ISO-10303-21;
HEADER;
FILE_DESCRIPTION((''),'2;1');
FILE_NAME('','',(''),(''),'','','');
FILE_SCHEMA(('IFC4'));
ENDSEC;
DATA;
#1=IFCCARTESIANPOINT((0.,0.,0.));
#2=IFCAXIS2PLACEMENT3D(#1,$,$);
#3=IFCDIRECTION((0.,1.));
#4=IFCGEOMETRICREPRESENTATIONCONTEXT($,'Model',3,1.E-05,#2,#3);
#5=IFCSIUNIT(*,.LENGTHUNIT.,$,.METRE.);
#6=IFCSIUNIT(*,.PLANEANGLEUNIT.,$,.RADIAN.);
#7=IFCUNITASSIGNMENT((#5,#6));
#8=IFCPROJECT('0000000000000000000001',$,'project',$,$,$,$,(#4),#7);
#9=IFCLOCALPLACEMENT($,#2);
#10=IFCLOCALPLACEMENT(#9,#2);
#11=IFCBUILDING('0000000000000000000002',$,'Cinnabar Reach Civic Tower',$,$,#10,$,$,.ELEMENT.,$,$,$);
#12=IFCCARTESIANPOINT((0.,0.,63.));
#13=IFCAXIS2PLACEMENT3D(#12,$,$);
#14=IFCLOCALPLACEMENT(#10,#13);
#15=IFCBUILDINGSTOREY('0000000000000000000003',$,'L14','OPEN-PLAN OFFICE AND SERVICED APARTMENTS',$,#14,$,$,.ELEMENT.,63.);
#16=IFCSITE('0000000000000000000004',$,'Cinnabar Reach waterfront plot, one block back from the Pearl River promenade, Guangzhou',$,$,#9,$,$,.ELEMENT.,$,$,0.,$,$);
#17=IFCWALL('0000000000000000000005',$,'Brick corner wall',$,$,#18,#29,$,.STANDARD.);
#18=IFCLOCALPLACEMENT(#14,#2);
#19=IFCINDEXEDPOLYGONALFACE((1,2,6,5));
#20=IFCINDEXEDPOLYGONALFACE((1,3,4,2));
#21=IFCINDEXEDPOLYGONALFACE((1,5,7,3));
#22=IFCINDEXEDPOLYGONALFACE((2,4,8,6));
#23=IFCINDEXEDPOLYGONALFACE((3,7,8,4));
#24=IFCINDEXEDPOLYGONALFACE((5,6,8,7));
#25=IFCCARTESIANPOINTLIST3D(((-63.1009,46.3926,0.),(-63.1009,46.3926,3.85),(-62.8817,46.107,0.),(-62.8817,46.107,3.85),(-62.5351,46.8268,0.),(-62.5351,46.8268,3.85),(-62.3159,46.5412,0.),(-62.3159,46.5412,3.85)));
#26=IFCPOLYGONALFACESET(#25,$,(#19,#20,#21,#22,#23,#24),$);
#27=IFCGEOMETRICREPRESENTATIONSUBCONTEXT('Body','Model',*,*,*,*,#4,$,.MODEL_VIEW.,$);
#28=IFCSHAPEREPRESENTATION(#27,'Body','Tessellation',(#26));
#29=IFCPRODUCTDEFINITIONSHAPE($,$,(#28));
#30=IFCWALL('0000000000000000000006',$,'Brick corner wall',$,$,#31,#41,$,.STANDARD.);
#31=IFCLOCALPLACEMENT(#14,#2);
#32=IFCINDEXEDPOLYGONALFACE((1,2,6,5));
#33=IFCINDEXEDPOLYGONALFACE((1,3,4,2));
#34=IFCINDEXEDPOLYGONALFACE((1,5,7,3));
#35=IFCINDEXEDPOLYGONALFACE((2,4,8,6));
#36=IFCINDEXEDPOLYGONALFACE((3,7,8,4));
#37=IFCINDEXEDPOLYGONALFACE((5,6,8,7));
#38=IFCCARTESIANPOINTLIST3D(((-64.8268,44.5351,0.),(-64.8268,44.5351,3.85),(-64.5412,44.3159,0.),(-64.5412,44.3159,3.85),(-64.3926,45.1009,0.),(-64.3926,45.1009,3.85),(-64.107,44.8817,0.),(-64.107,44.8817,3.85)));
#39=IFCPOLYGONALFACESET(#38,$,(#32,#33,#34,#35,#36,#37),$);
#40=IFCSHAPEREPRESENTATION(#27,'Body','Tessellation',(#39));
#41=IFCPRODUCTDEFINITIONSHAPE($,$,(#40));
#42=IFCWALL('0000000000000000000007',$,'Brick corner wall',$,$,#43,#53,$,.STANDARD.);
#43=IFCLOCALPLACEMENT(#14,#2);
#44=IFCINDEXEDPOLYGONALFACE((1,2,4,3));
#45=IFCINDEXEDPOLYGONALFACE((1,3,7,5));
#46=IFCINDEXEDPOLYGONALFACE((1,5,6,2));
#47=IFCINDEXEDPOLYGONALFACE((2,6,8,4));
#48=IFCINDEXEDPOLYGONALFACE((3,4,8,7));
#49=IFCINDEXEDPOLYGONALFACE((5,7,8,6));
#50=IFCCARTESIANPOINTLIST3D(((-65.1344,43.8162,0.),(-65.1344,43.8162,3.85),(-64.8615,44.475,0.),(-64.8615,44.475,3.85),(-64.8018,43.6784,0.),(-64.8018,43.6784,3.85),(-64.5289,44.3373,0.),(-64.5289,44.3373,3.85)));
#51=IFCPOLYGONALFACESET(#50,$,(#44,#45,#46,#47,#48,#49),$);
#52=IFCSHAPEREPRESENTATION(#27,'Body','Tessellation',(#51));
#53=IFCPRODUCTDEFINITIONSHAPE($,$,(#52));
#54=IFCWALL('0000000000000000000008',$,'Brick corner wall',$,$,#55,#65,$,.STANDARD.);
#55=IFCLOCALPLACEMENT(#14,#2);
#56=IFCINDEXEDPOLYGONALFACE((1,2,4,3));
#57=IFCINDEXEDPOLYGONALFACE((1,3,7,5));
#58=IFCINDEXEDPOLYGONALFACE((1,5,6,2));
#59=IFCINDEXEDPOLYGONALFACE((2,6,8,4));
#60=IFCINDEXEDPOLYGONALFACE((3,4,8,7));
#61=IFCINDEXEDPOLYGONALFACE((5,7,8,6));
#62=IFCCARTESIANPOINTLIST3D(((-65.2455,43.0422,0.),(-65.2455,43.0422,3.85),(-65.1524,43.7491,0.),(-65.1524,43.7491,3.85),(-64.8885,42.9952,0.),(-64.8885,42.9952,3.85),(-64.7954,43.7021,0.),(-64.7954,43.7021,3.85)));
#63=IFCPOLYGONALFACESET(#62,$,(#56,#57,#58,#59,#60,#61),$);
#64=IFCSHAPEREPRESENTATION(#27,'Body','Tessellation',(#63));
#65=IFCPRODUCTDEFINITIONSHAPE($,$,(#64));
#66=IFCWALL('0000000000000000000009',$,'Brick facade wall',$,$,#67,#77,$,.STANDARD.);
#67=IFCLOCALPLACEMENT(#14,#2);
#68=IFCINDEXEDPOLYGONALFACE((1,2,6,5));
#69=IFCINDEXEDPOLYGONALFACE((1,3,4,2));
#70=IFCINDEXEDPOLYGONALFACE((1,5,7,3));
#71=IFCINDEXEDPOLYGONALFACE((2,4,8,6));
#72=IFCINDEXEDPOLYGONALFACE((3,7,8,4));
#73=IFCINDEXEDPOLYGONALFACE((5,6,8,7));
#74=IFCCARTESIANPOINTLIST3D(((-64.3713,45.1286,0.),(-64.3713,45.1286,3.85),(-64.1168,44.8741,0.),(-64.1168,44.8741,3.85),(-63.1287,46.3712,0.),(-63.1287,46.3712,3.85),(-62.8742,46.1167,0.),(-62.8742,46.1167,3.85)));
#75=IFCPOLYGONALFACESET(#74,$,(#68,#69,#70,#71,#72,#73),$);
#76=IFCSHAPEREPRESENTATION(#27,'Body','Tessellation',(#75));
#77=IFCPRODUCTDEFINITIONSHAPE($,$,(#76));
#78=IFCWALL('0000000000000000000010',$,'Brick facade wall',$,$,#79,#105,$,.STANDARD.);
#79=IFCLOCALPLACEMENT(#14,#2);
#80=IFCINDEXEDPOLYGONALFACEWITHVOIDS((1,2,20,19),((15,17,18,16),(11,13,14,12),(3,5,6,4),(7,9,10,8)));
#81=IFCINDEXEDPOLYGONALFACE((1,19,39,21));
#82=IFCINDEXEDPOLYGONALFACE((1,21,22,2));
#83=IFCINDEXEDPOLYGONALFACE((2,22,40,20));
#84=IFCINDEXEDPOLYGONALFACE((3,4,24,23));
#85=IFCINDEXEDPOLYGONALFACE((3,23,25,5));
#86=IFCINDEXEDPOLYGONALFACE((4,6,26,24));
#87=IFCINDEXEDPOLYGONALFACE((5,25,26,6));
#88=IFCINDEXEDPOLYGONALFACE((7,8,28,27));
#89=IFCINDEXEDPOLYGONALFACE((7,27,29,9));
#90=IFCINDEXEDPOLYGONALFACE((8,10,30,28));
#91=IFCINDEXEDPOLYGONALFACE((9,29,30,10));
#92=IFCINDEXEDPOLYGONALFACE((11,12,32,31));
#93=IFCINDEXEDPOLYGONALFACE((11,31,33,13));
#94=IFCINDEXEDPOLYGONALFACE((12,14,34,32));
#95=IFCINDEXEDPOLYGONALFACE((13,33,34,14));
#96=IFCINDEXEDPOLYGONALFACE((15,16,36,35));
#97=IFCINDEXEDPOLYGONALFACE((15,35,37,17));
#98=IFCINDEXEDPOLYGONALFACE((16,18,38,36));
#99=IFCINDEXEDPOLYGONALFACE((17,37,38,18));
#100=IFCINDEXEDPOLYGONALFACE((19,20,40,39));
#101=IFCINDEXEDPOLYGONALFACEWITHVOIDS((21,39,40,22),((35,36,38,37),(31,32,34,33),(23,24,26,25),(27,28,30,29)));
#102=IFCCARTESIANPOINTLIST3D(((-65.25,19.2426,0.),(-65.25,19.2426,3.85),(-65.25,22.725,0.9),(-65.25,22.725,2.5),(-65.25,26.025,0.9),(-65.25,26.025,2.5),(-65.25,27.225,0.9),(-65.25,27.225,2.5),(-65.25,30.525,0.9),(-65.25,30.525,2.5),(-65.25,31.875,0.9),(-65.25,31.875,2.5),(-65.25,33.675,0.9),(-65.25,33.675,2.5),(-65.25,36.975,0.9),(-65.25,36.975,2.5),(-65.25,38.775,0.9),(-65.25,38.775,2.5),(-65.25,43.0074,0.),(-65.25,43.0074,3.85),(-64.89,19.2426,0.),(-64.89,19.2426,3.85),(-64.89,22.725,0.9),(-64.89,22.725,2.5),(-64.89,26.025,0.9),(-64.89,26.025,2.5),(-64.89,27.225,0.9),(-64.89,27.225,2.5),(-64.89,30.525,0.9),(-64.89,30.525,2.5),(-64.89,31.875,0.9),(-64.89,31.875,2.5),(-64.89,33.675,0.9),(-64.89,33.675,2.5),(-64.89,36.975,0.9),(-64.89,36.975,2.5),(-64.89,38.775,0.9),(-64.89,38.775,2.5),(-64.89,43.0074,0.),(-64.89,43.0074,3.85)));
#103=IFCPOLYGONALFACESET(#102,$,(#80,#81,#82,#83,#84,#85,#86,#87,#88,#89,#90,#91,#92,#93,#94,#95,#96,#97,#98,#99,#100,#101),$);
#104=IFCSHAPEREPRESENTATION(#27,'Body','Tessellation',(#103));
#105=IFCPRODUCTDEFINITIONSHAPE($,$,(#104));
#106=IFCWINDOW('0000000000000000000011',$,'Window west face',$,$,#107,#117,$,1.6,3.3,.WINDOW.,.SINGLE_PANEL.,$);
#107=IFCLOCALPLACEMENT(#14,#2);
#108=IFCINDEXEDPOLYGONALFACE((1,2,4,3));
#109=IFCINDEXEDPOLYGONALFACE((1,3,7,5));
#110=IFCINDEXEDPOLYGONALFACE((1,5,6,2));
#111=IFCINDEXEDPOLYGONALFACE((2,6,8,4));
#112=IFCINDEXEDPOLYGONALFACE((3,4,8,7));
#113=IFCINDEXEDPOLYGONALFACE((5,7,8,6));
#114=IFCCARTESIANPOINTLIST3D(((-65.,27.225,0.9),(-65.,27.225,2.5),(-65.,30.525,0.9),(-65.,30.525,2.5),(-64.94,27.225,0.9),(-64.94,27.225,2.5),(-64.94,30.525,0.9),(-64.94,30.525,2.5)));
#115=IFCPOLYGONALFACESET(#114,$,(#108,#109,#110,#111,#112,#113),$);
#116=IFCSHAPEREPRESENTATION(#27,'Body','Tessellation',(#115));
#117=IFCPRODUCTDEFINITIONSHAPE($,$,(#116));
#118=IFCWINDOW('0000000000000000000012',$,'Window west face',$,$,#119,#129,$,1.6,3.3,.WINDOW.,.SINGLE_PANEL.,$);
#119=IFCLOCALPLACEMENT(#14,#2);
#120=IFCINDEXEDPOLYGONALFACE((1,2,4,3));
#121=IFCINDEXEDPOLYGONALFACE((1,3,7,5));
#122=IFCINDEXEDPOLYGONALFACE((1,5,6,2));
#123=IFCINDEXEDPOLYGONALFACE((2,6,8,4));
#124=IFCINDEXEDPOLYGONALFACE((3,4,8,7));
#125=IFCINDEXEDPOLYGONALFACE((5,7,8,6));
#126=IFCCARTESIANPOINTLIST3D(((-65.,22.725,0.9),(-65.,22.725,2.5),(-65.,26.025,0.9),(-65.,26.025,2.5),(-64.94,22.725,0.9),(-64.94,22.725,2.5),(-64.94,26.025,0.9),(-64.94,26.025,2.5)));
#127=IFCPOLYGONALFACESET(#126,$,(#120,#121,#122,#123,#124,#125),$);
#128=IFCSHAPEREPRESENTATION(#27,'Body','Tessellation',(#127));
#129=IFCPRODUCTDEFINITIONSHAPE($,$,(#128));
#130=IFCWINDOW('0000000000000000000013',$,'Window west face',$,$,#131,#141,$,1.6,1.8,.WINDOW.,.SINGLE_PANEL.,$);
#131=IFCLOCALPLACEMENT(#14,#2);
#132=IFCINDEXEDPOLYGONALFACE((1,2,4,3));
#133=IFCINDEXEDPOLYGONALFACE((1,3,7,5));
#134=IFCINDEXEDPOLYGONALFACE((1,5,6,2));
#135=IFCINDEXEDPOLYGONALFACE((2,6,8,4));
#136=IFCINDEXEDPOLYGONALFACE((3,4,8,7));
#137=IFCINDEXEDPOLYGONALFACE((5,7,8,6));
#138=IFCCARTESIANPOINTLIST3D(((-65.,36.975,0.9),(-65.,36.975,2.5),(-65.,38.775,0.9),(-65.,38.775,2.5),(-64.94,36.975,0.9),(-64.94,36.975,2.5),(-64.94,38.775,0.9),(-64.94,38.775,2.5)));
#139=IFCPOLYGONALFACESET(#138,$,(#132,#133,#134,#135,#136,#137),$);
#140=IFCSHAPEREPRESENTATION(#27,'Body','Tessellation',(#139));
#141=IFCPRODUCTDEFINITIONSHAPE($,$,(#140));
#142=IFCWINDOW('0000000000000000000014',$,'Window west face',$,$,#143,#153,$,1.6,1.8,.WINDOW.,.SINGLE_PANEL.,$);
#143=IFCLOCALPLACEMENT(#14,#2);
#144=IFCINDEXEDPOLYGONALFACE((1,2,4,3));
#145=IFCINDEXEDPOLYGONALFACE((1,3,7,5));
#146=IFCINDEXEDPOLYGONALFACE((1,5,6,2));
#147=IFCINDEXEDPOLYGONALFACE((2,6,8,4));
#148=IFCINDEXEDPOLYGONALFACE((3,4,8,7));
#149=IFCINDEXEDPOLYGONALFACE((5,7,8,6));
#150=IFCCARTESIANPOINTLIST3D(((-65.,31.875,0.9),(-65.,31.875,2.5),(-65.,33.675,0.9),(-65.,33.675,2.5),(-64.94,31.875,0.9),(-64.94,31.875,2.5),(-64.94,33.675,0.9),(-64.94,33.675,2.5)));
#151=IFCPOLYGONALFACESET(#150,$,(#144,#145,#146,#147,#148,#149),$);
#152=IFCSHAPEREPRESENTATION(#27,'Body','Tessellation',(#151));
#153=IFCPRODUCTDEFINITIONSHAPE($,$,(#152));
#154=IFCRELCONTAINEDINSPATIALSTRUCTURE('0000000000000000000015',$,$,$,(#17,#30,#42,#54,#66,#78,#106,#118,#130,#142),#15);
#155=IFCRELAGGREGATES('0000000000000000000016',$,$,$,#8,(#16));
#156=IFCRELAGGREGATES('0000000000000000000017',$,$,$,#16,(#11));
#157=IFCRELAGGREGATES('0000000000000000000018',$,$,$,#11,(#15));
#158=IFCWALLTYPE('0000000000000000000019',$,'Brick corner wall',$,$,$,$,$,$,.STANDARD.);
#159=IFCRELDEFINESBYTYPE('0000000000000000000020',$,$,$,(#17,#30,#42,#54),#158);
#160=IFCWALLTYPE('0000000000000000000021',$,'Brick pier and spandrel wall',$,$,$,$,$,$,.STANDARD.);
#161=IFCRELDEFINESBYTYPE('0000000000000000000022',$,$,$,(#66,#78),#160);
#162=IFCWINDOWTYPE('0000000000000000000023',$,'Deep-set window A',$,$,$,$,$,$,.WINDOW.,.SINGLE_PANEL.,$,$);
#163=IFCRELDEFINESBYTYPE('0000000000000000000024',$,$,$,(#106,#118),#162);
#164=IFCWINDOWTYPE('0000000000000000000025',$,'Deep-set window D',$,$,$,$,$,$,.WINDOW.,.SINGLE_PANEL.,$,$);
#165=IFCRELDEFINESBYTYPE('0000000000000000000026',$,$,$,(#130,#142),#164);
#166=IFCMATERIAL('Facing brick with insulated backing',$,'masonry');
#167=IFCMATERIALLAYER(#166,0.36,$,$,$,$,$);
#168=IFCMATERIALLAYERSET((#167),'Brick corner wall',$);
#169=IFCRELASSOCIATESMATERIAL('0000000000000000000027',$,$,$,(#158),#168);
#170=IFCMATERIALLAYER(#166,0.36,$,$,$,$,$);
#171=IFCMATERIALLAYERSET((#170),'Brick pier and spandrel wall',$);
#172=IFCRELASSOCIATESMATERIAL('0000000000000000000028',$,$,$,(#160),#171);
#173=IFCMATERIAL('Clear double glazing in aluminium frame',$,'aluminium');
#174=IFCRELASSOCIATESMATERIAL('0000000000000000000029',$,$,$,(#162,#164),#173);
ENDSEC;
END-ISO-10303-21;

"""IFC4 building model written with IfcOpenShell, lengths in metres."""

from ifc_helpers import new_model, si_unit, direction, frame, frame_2d, origin, place, context, subcontext, project, spatial, rectangle, extrude, material, layer, layer_set, type_object, element, fill, save


model = new_model("IFC4")

# Units and contexts
model_context = context("Model", 3, precision=1e-05, world=origin(), true_north=direction((0.0, 1.0)))
body_context = subcontext(model_context, "Body", "Model", "MODEL_VIEW")
ifc_project = project(units=[si_unit("LENGTHUNIT", "METRE"), si_unit("PLANEANGLEUNIT", "RADIAN")], contexts=[model_context])

# Site, building, storey
site_placement = place(None, origin())
site = spatial("IfcSite", under=ifc_project, at=site_placement, Name="Cinnabar Reach waterfront plot, one block back from the Pearl River promenade, Guangzhou", CompositionType="ELEMENT", RefElevation=0.0)
building_placement = place(site_placement, origin())
building = spatial("IfcBuilding", under=site, at=building_placement, Name="Cinnabar Reach Civic Tower", CompositionType="ELEMENT")
storey_placement = place(building_placement, frame((0.0, 0.0, 63.0)))
storey = spatial("IfcBuildingStorey", under=building, at=storey_placement, Name="L14", Description="OPEN-PLAN OFFICE AND SERVICED APARTMENTS", CompositionType="ELEMENT", Elevation=63.0)

# Walls
ifc_material_1 = material(Name="Facing brick with insulated backing", Category="masonry")
ifc_layer_1 = layer(ifc_material_1, 0.36)
ifc_layer_set_1 = layer_set([ifc_layer_1], Name="Brick corner wall")
wall_type_1 = type_object("IfcWallType", Name="Brick corner wall", PredefinedType="STANDARD", material=ifc_layer_set_1)
for number, where, z_axis, x_axis, name in (
    (1, (-62.4255, 46.684, 0.0), (0.0, 0.0, 1.0), (-0.793322, -0.608802, 0.0), "Brick corner wall"),
    (2, (-64.2498, 44.9913, 0.0), (0.0, 0.0, 1.0), (-0.608802, -0.793322, 0.0), "Brick corner wall"),
):
    element("IfcWall", number, at=place(storey_placement, frame(where, z_axis=z_axis, x_axis=x_axis)), inside=storey, type_object=wall_type_1, Name=name, PredefinedType="STANDARD", context=body_context, shape_type="SweptSolid", body=[
        extrude(rectangle(XDim=0.7132, YDim=0.36, at=frame_2d((0.3566, 0.0))), origin(), (0.0, 0.0, 1.0), 3.85),
    ])
for number, where, z_axis, x_axis, name in (
    (3, (-64.6952, 44.4061, 0.0), (0.0, 0.0, 1.0), (-0.382703, -0.923872, 0.0), "Brick corner wall"),
    (4, (-64.9739, 43.7256, 0.0), (0.0, 0.0, 1.0), (-0.130556, -0.991441, 0.0), "Brick corner wall"),
):
    element("IfcWall", number, at=place(storey_placement, frame(where, z_axis=z_axis, x_axis=x_axis)), inside=storey, type_object=wall_type_1, Name=name, PredefinedType="STANDARD", context=body_context, shape_type="SweptSolid", body=[
        extrude(rectangle(XDim=0.7131, YDim=0.36, at=frame_2d((0.3565, 0.0))), origin(), (0.0, 0.0, 1.0), 3.85),
    ])
ifc_layer_2 = layer(ifc_material_1, 0.36)
ifc_layer_set_2 = layer_set([ifc_layer_2], Name="Brick pier and spandrel wall")
wall_type_2 = type_object("IfcWallType", Name="Brick pier and spandrel wall", PredefinedType="STANDARD", material=ifc_layer_set_2)
wall_1_placement = place(storey_placement, frame((-63.0014, 46.244, 0.0), z_axis=(0.0, 0.0, 1.0), x_axis=(-0.707107, -0.707107, 0.0)))
element("IfcWall", 5, at=wall_1_placement, inside=storey, type_object=wall_type_2, Name="Brick facade wall", PredefinedType="STANDARD", context=body_context, shape_type="SweptSolid", body=[
    extrude(rectangle(XDim=1.7573, YDim=0.36, at=frame_2d((0.8787, 0.0))), origin(), (0.0, 0.0, 1.0), 3.85),
])

# Wall, openings, windows
wall_2_placement = place(storey_placement, frame((-65.07, 43.0074, 0.0), z_axis=(0.0, 0.0, 1.0), x_axis=(0.0, -1.0, 0.0)))
wall_2 = element("IfcWall", 6, at=wall_2_placement, inside=storey, type_object=wall_type_2, Name="Brick facade wall", PredefinedType="STANDARD", context=body_context, shape_type="SweptSolid", body=[
    extrude(rectangle(XDim=23.7648, YDim=0.36, at=frame_2d((11.8824, 0.0))), origin(), (0.0, 0.0, 1.0), 3.85),
])
opening_1_placement = place(wall_2_placement, frame((4.2324, 0.0, 0.9)))
opening_1 = element("IfcOpeningElement", 7, at=opening_1_placement, cuts=wall_2, PredefinedType="OPENING", context=body_context, shape_type="SweptSolid", body=[
    extrude(rectangle(XDim=1.8, YDim=1.6, at=frame_2d((0.9, 0.8))), frame((0.0, 0.19, 0.0), z_axis=(0.0, -1.0, 0.0), x_axis=(1.0, 0.0, 0.0)), (0.0, 0.0, 1.0), 0.38),
])
opening_2_placement = place(wall_2_placement, frame((9.3324, 0.0, 0.9)))
opening_2 = element("IfcOpeningElement", 8, at=opening_2_placement, cuts=wall_2, PredefinedType="OPENING", context=body_context, shape_type="SweptSolid", body=[
    extrude(rectangle(XDim=1.8, YDim=1.6, at=frame_2d((0.9, 0.8))), frame((0.0, 0.19, 0.0), z_axis=(0.0, -1.0, 0.0), x_axis=(1.0, 0.0, 0.0)), (0.0, 0.0, 1.0), 0.38),
])
opening_3_placement = place(wall_2_placement, frame((12.4824, 0.0, 0.9)))
opening_3 = element("IfcOpeningElement", 9, at=opening_3_placement, cuts=wall_2, PredefinedType="OPENING", context=body_context, shape_type="SweptSolid", body=[
    extrude(rectangle(XDim=3.3, YDim=1.6, at=frame_2d((1.65, 0.8))), frame((0.0, 0.19, 0.0), z_axis=(0.0, -1.0, 0.0), x_axis=(1.0, 0.0, 0.0)), (0.0, 0.0, 1.0), 0.38),
])
opening_4_placement = place(wall_2_placement, frame((16.9824, 0.0, 0.9)))
opening_4 = element("IfcOpeningElement", 10, at=opening_4_placement, cuts=wall_2, PredefinedType="OPENING", context=body_context, shape_type="SweptSolid", body=[
    extrude(rectangle(XDim=3.3, YDim=1.6, at=frame_2d((1.65, 0.8))), frame((0.0, 0.19, 0.0), z_axis=(0.0, -1.0, 0.0), x_axis=(1.0, 0.0, 0.0)), (0.0, 0.0, 1.0), 0.38),
])
ifc_material_2 = material(Name="Clear double glazing in aluminium frame", Category="aluminium")
window_type_1 = type_object("IfcWindowType", Name="Deep-set window A", PartitioningType="SINGLE_PANEL", PredefinedType="WINDOW", material=ifc_material_2)
window_1_placement = place(opening_3_placement, origin())
window_1 = element("IfcWindow", 11, at=window_1_placement, inside=storey, type_object=window_type_1, Name="Window west face", OverallHeight=1.6, OverallWidth=3.3, PartitioningType="SINGLE_PANEL", PredefinedType="WINDOW", context=body_context, shape_type="SweptSolid", body=[
    extrude(rectangle(XDim=3.3, YDim=1.6, at=frame_2d((1.65, 0.8))), frame((0.0, 0.13, 0.0), z_axis=(0.0, -1.0, 0.0), x_axis=(1.0, 0.0, 0.0)), (0.0, 0.0, 1.0), 0.06),
])
fill(opening_3, window_1)
window_2_placement = place(opening_4_placement, origin())
window_2 = element("IfcWindow", 12, at=window_2_placement, inside=storey, type_object=window_type_1, Name="Window west face", OverallHeight=1.6, OverallWidth=3.3, PartitioningType="SINGLE_PANEL", PredefinedType="WINDOW", context=body_context, shape_type="SweptSolid", body=[
    extrude(rectangle(XDim=3.3, YDim=1.6, at=frame_2d((1.65, 0.8))), frame((0.0, 0.13, 0.0), z_axis=(0.0, -1.0, 0.0), x_axis=(1.0, 0.0, 0.0)), (0.0, 0.0, 1.0), 0.06),
])
fill(opening_4, window_2)
window_type_2 = type_object("IfcWindowType", Name="Deep-set window D", PartitioningType="SINGLE_PANEL", PredefinedType="WINDOW", material=ifc_material_2)
window_3_placement = place(opening_1_placement, origin())
window_3 = element("IfcWindow", 13, at=window_3_placement, inside=storey, type_object=window_type_2, Name="Window west face", OverallHeight=1.6, OverallWidth=1.8, PartitioningType="SINGLE_PANEL", PredefinedType="WINDOW", context=body_context, shape_type="SweptSolid", body=[
    extrude(rectangle(XDim=1.8, YDim=1.6, at=frame_2d((0.9, 0.8))), frame((0.0, 0.13, 0.0), z_axis=(0.0, -1.0, 0.0), x_axis=(1.0, 0.0, 0.0)), (0.0, 0.0, 1.0), 0.06),
])
fill(opening_1, window_3)
window_4_placement = place(opening_2_placement, origin())
window_4 = element("IfcWindow", 14, at=window_4_placement, inside=storey, type_object=window_type_2, Name="Window west face", OverallHeight=1.6, OverallWidth=1.8, PartitioningType="SINGLE_PANEL", PredefinedType="WINDOW", context=body_context, shape_type="SweptSolid", body=[
    extrude(rectangle(XDim=1.8, YDim=1.6, at=frame_2d((0.9, 0.8))), frame((0.0, 0.13, 0.0), z_axis=(0.0, -1.0, 0.0), x_axis=(1.0, 0.0, 0.0)), (0.0, 0.0, 1.0), 0.06),
])
fill(opening_2, window_4)

save(model, "model.ifc")
